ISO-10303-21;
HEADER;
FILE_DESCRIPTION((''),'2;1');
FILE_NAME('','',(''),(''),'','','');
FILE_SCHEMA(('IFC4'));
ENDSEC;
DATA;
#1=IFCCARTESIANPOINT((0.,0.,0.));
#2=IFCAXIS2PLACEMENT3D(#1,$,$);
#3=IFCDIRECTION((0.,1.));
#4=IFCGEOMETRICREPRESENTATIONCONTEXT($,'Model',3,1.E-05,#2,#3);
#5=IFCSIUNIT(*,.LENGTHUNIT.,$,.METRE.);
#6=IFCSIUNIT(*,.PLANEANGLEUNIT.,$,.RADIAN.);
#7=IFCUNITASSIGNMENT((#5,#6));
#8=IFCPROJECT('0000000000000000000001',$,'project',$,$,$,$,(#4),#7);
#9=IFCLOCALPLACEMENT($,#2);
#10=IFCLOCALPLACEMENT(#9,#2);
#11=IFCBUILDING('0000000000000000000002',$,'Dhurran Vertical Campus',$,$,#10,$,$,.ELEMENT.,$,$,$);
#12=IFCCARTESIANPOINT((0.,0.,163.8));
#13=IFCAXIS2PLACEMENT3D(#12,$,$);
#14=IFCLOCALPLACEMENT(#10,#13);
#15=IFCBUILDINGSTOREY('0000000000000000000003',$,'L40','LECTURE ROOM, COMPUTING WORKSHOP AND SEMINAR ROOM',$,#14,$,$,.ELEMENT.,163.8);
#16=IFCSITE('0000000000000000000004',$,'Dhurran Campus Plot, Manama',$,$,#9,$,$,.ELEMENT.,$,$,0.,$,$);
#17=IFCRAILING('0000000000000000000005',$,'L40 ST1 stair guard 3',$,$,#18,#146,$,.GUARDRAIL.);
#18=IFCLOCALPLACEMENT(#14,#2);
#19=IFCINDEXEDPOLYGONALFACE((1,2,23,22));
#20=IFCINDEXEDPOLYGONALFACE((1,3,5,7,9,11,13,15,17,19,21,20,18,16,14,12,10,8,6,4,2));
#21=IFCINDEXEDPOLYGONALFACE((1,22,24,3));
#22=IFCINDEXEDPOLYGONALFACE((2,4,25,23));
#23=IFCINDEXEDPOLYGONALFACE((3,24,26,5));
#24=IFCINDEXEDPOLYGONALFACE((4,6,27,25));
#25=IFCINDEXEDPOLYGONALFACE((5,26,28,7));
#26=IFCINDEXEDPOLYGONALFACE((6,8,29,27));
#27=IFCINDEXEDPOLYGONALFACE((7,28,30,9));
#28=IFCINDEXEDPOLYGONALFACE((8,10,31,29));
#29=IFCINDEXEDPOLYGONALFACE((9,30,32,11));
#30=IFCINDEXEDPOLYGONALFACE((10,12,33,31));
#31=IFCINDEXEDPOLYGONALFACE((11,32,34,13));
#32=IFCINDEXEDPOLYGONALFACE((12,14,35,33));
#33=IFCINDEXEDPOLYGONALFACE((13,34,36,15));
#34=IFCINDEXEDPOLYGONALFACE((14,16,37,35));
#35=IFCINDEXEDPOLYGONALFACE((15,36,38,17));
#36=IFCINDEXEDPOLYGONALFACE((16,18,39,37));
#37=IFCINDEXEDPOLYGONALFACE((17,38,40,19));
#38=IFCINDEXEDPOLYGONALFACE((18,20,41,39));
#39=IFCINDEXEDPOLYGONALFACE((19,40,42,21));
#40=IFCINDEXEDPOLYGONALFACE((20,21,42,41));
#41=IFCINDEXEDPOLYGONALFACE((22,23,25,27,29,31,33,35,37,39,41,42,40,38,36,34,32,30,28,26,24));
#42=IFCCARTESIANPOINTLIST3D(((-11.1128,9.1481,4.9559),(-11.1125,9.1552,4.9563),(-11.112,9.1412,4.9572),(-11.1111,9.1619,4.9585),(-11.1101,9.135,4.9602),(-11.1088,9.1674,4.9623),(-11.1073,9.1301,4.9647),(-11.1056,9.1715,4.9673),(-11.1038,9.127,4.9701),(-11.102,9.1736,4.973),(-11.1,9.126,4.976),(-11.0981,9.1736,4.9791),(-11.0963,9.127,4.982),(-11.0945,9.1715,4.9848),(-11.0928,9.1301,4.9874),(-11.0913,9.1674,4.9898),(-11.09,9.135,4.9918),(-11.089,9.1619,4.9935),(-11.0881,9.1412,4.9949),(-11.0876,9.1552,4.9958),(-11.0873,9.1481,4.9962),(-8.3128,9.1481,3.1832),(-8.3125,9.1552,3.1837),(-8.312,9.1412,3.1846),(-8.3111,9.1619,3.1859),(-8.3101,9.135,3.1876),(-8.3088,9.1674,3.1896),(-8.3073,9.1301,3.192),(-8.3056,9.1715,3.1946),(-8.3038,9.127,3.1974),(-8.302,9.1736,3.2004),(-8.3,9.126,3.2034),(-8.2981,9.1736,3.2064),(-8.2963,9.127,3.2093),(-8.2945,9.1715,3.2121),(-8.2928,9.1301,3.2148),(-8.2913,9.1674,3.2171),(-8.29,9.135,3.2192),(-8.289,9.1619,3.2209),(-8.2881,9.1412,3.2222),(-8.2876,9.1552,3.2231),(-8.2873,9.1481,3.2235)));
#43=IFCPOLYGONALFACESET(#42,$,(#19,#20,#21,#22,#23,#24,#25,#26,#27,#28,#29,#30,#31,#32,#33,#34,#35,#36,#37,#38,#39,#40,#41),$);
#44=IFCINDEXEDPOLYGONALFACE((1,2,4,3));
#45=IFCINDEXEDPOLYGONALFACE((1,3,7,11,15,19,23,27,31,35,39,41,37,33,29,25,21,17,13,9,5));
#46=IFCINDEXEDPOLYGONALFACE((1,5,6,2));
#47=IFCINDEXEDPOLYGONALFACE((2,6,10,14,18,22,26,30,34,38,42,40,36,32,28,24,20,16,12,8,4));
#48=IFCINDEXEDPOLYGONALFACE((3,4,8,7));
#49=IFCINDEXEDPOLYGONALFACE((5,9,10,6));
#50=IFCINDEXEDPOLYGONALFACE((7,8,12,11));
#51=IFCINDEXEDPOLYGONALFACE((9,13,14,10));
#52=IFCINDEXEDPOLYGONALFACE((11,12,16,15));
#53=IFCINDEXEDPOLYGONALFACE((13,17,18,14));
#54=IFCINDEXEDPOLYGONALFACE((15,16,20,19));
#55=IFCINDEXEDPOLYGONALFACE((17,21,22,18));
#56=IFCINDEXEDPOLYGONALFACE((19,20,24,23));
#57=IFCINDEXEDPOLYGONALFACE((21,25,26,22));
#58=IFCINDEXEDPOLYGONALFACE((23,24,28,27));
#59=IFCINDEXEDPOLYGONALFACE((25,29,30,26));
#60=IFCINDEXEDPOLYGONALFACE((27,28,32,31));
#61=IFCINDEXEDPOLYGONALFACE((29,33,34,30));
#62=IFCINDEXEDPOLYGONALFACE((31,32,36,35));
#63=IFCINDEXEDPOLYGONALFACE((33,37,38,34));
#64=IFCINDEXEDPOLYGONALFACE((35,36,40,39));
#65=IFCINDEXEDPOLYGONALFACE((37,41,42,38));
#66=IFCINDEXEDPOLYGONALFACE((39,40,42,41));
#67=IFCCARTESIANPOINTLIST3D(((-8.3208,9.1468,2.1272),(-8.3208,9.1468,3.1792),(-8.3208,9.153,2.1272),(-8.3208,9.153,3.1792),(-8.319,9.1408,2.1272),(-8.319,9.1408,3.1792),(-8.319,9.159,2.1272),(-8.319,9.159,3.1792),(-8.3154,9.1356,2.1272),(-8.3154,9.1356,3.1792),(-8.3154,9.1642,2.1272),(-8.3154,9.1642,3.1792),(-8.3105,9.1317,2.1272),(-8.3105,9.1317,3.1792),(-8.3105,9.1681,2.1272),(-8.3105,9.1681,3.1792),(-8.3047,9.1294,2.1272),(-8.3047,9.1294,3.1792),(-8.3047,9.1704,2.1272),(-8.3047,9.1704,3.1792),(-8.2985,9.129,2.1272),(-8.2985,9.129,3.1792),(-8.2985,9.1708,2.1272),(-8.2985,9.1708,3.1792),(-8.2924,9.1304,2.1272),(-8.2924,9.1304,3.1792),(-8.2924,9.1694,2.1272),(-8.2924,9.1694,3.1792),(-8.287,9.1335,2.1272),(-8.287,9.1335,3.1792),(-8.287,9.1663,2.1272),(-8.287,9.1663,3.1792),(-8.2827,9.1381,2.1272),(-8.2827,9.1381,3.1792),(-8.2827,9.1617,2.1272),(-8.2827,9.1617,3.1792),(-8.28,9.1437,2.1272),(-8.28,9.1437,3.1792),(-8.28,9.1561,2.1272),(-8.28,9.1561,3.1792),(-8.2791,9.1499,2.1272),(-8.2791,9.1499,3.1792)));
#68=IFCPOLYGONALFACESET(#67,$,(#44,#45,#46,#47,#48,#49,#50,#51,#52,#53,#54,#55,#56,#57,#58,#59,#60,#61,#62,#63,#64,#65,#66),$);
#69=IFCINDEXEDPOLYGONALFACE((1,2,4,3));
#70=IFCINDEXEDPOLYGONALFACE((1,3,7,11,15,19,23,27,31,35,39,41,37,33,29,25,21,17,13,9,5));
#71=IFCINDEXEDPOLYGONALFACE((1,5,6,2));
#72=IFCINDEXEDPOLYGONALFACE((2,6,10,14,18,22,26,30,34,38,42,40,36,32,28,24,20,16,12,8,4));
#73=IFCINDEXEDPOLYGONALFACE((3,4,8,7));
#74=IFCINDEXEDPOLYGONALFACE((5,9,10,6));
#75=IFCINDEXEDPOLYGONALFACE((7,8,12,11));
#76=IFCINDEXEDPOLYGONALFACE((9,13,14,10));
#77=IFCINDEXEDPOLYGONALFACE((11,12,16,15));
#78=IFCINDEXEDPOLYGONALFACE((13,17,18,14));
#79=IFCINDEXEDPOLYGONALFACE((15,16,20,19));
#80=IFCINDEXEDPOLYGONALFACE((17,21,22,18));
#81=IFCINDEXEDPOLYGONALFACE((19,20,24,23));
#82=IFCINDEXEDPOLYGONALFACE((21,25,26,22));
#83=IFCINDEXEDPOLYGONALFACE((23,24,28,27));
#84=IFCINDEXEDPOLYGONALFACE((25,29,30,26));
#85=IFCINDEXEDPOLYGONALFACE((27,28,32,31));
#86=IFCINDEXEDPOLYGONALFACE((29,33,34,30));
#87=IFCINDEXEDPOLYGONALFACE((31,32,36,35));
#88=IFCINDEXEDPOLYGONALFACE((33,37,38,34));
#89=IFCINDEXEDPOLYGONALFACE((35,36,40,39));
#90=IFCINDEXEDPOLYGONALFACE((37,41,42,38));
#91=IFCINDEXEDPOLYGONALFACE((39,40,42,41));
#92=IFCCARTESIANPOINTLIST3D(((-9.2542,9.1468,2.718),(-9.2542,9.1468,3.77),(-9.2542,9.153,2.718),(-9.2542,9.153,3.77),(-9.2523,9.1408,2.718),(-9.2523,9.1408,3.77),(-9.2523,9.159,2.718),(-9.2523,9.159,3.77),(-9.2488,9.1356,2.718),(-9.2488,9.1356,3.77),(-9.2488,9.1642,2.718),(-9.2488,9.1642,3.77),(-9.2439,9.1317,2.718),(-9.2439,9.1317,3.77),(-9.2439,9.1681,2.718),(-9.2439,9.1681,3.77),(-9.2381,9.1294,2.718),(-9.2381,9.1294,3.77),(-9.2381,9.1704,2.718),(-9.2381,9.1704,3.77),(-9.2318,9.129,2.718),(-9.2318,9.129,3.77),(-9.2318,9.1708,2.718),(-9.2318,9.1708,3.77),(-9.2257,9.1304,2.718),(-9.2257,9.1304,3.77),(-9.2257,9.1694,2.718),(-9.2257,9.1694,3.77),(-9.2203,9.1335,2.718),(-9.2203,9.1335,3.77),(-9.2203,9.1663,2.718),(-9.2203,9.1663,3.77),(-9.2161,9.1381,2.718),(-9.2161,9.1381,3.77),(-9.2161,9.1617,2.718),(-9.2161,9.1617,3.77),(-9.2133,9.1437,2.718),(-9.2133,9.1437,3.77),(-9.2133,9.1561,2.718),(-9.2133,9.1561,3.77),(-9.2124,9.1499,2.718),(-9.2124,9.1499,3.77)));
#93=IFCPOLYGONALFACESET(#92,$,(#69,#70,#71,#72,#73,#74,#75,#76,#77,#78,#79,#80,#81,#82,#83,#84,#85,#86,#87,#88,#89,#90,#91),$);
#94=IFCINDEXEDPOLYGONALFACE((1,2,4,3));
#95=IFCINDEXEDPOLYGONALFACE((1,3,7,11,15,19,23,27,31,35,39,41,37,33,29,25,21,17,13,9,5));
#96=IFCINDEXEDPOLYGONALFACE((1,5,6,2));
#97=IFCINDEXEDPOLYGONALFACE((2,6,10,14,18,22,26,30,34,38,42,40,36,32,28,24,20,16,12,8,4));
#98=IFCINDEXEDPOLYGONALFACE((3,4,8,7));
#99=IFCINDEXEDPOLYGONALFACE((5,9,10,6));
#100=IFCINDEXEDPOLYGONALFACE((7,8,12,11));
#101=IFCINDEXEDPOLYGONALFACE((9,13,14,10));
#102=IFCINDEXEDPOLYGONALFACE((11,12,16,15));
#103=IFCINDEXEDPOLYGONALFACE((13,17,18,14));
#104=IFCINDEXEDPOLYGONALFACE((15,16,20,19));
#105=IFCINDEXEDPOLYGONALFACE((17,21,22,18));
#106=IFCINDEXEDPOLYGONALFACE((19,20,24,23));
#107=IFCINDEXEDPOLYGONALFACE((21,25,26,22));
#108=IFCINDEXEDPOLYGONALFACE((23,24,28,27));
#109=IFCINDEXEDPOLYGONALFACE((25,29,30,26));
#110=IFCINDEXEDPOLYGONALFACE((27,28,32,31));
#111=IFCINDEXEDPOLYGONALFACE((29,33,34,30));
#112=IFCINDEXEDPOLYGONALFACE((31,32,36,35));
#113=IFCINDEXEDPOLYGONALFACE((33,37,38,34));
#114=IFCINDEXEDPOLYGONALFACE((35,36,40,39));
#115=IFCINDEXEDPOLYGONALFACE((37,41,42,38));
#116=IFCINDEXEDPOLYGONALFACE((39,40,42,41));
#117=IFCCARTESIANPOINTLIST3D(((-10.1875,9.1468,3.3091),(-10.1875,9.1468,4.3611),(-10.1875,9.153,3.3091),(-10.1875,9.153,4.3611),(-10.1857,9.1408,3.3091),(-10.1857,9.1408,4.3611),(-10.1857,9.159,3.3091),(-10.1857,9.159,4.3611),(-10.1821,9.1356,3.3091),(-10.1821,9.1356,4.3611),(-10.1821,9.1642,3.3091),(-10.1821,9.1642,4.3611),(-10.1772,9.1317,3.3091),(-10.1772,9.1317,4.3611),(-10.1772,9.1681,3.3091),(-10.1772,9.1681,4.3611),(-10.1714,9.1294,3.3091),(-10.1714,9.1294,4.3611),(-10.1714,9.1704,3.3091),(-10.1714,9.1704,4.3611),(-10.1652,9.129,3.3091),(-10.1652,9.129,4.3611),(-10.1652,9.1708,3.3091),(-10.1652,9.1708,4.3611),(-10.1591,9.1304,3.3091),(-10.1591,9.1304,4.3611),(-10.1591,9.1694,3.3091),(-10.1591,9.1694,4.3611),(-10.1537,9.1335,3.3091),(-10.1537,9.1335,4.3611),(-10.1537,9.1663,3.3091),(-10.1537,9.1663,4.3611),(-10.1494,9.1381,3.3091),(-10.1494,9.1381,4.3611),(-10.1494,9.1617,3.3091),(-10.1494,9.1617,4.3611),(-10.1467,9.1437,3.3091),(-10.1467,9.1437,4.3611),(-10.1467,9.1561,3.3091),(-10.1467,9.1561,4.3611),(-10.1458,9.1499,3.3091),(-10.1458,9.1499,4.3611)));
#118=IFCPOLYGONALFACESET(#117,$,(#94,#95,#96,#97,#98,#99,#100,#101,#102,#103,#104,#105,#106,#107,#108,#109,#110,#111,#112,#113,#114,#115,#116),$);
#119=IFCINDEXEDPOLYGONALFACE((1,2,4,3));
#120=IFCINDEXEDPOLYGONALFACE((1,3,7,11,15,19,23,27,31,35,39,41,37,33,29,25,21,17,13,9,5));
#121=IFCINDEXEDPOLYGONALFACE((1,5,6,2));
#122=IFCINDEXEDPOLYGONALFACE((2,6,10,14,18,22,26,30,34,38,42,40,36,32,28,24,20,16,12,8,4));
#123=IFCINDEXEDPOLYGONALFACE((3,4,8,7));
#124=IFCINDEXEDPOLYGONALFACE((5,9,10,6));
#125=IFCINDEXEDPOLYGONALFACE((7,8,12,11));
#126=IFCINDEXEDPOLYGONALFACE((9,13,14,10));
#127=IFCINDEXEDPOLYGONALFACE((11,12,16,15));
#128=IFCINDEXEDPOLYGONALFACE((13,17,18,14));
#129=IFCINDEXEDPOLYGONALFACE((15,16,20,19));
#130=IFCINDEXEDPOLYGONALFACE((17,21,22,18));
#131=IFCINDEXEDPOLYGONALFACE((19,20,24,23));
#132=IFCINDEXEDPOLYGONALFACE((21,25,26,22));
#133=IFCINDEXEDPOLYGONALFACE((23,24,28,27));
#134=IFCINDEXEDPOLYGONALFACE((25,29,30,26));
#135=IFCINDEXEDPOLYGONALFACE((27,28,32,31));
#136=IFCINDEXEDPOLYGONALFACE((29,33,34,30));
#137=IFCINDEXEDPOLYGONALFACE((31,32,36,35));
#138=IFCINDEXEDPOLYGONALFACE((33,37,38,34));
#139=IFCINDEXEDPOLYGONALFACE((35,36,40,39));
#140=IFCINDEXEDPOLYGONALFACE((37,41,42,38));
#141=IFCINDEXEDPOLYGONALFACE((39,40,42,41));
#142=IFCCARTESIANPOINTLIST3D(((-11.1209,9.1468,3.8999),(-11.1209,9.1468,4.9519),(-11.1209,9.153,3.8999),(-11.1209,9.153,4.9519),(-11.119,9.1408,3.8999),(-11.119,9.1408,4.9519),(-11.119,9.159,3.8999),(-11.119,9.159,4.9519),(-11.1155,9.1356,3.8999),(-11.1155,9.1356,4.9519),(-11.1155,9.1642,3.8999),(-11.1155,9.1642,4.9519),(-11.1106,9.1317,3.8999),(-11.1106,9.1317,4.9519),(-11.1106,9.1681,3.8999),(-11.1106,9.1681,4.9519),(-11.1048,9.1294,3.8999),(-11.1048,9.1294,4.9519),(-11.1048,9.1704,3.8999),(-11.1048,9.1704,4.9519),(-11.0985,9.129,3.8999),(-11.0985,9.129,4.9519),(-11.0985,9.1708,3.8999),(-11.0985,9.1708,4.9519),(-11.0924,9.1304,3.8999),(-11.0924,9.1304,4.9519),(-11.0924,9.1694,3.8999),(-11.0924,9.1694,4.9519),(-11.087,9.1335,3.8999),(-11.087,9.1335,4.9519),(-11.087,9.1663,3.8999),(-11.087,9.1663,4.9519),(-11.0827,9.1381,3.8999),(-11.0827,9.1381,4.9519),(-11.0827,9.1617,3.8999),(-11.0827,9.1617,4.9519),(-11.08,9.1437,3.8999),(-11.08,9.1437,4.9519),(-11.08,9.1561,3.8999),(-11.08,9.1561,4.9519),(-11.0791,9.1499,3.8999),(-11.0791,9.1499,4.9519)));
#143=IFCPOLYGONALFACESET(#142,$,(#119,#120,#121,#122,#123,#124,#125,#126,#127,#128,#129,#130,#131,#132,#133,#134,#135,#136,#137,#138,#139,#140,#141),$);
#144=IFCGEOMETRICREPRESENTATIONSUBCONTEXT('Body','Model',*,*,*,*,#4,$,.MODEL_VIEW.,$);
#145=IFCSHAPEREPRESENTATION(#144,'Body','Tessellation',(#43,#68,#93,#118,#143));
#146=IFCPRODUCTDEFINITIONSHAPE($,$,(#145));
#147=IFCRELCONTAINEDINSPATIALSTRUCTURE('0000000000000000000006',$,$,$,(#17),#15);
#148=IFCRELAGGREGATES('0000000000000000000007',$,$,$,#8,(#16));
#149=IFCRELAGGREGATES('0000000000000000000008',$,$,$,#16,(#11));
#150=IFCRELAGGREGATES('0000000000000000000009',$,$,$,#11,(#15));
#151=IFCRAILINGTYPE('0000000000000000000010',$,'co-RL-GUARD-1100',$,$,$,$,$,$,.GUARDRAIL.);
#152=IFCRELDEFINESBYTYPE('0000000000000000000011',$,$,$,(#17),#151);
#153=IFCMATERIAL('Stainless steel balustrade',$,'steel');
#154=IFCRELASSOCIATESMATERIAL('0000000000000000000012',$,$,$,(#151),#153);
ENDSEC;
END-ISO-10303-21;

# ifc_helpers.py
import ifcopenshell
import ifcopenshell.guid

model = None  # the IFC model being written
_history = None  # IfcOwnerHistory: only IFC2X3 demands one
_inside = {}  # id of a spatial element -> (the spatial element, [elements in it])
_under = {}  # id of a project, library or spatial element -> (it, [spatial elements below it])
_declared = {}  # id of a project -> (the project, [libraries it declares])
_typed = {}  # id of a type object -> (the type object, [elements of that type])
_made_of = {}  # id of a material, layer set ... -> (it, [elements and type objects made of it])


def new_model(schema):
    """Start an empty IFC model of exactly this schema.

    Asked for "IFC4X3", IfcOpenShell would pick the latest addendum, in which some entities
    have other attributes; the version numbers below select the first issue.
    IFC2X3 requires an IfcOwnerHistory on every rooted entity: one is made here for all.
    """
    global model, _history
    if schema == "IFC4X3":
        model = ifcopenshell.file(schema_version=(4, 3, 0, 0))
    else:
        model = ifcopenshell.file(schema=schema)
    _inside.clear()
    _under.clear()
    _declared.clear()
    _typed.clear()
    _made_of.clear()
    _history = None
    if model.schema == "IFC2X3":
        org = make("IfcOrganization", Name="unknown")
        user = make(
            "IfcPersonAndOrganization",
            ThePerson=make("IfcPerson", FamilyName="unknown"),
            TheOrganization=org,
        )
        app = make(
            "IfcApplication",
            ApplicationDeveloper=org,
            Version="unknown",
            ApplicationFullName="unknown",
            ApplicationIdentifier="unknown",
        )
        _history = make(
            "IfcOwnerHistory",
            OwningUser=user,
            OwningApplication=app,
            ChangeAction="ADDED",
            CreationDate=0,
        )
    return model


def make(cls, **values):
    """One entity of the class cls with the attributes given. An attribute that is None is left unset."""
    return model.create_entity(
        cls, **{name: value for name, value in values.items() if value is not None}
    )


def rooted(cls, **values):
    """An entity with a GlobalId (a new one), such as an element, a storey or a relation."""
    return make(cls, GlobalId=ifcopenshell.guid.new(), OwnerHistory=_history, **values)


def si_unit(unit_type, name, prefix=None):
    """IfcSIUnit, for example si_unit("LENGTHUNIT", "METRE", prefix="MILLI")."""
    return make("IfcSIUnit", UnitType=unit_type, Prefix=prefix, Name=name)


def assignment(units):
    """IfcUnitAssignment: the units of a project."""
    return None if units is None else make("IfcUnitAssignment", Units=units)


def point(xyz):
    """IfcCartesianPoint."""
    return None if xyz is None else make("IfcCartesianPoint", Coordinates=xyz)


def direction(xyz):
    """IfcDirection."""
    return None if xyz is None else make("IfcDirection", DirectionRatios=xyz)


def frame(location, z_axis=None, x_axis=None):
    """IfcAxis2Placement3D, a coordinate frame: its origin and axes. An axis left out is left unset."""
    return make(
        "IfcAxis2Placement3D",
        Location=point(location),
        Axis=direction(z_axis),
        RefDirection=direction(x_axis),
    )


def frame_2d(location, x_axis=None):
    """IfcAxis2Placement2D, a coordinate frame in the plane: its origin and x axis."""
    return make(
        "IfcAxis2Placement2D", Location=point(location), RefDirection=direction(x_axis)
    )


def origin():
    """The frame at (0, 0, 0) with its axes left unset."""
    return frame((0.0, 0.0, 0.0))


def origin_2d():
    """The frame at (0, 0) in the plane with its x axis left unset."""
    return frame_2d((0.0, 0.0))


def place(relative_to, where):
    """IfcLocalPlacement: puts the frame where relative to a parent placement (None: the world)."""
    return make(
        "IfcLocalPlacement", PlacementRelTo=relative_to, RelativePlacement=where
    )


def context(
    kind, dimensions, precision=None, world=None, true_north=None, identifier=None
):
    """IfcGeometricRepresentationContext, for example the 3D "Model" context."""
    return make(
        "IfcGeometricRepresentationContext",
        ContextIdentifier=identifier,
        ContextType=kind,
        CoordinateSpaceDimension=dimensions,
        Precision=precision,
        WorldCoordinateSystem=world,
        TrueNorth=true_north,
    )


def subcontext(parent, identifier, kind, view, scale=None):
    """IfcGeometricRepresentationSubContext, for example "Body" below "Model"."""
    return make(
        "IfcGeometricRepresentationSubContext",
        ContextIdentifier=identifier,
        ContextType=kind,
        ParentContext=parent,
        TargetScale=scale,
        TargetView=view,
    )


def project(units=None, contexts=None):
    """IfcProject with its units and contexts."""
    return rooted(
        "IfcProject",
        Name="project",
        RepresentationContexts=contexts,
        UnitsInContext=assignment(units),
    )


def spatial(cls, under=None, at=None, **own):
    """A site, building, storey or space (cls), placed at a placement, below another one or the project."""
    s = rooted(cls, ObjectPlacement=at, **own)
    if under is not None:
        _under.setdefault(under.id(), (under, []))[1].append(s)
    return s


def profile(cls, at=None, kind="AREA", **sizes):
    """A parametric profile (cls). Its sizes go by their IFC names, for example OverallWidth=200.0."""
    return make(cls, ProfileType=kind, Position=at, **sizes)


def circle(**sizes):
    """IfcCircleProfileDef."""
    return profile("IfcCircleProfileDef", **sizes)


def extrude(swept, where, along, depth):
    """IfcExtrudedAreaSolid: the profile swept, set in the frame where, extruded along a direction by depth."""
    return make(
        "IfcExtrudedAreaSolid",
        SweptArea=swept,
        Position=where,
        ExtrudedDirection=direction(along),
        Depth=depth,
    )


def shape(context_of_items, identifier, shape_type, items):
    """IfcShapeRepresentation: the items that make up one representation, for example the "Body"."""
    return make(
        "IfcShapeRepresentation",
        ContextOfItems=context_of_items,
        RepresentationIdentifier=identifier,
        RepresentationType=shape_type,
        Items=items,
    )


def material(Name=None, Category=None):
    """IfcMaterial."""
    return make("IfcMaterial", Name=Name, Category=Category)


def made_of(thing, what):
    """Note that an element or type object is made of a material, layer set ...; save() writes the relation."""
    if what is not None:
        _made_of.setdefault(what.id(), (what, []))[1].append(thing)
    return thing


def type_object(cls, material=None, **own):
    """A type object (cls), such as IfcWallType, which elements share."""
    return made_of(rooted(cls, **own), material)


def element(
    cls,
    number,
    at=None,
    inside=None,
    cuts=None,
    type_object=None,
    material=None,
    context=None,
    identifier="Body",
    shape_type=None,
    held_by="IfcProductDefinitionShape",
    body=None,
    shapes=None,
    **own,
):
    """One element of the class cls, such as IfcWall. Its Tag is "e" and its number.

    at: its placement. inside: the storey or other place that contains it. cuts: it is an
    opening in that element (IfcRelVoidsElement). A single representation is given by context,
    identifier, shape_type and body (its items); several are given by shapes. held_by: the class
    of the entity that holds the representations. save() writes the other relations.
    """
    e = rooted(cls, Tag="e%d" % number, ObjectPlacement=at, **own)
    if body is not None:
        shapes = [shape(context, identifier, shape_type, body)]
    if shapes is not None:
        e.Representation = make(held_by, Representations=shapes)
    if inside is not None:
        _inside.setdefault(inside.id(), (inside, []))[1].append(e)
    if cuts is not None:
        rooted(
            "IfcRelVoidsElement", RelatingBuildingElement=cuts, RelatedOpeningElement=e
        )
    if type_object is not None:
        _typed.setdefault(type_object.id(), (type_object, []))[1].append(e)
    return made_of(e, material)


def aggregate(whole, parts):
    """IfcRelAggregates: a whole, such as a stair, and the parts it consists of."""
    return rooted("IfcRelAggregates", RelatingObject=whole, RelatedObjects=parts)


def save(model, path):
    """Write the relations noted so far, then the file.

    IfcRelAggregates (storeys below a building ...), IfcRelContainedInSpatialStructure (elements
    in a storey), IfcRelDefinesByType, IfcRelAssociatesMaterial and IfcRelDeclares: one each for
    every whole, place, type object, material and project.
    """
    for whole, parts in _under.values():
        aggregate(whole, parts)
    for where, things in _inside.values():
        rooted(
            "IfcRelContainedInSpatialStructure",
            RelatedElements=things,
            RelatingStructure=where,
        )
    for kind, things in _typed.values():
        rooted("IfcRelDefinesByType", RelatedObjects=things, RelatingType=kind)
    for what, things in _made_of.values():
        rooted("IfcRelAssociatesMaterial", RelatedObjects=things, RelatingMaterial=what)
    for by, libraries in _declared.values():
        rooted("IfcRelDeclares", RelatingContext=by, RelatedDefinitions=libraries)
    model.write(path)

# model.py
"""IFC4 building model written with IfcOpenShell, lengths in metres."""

from ifc_helpers import new_model, si_unit, direction, frame, origin, origin_2d, place, context, subcontext, project, spatial, circle, extrude, material, type_object, element, save


model = new_model("IFC4")

# Units and contexts
model_context = context("Model", 3, precision=1e-05, world=origin(), true_north=direction((0.0, 1.0)))
body_context = subcontext(model_context, "Body", "Model", "MODEL_VIEW")
ifc_project = project(units=[si_unit("LENGTHUNIT", "METRE"), si_unit("PLANEANGLEUNIT", "RADIAN")], contexts=[model_context])

# Site, building, storey
site_placement = place(None, origin())
site = spatial("IfcSite", under=ifc_project, at=site_placement, Name="Dhurran Campus Plot, Manama", CompositionType="ELEMENT", RefElevation=0.0)
building_placement = place(site_placement, origin())
building = spatial("IfcBuilding", under=site, at=building_placement, Name="Dhurran Vertical Campus", CompositionType="ELEMENT")
storey_placement = place(building_placement, frame((0.0, 0.0, 163.8)))
storey = spatial("IfcBuildingStorey", under=building, at=storey_placement, Name="L40", Description="LECTURE ROOM, COMPUTING WORKSHOP AND SEMINAR ROOM", CompositionType="ELEMENT", Elevation=163.8)

# Railing
ifc_material_1 = material(Name="Stainless steel balustrade", Category="steel")
railing_type_1 = type_object("IfcRailingType", Name="co-RL-GUARD-1100", PredefinedType="GUARDRAIL", material=ifc_material_1)
railing_1_placement = place(storey_placement, frame((-8.3, 9.1499, 2.1272)))
element("IfcRailing", 1, at=railing_1_placement, inside=storey, type_object=railing_type_1, Name="L40 ST1 stair guard 3", PredefinedType="GUARDRAIL", context=body_context, shape_type="SweptSolid", body=[
    extrude(circle(Radius=0.0239, at=origin_2d()), frame((0.0, 0.0, 1.0762), z_axis=(-0.844909, 0.0, 0.53491), x_axis=(0.0, -1.0, 0.0)), (0.0, 0.0, 1.0), 3.314),
    extrude(circle(Radius=0.021, at=origin_2d()), origin(), (0.0, 0.0, 1.0), 1.052),
    extrude(circle(Radius=0.021, at=origin_2d()), frame((-0.9333, 0.0, 0.5908)), (0.0, 0.0, 1.0), 1.052),
    extrude(circle(Radius=0.021, at=origin_2d()), frame((-1.8667, 0.0, 1.1819)), (0.0, 0.0, 1.0), 1.052),
    extrude(circle(Radius=0.021, at=origin_2d()), frame((-2.8, 0.0, 1.7727)), (0.0, 0.0, 1.0), 1.052),
])

save(model, "model.ifc")
